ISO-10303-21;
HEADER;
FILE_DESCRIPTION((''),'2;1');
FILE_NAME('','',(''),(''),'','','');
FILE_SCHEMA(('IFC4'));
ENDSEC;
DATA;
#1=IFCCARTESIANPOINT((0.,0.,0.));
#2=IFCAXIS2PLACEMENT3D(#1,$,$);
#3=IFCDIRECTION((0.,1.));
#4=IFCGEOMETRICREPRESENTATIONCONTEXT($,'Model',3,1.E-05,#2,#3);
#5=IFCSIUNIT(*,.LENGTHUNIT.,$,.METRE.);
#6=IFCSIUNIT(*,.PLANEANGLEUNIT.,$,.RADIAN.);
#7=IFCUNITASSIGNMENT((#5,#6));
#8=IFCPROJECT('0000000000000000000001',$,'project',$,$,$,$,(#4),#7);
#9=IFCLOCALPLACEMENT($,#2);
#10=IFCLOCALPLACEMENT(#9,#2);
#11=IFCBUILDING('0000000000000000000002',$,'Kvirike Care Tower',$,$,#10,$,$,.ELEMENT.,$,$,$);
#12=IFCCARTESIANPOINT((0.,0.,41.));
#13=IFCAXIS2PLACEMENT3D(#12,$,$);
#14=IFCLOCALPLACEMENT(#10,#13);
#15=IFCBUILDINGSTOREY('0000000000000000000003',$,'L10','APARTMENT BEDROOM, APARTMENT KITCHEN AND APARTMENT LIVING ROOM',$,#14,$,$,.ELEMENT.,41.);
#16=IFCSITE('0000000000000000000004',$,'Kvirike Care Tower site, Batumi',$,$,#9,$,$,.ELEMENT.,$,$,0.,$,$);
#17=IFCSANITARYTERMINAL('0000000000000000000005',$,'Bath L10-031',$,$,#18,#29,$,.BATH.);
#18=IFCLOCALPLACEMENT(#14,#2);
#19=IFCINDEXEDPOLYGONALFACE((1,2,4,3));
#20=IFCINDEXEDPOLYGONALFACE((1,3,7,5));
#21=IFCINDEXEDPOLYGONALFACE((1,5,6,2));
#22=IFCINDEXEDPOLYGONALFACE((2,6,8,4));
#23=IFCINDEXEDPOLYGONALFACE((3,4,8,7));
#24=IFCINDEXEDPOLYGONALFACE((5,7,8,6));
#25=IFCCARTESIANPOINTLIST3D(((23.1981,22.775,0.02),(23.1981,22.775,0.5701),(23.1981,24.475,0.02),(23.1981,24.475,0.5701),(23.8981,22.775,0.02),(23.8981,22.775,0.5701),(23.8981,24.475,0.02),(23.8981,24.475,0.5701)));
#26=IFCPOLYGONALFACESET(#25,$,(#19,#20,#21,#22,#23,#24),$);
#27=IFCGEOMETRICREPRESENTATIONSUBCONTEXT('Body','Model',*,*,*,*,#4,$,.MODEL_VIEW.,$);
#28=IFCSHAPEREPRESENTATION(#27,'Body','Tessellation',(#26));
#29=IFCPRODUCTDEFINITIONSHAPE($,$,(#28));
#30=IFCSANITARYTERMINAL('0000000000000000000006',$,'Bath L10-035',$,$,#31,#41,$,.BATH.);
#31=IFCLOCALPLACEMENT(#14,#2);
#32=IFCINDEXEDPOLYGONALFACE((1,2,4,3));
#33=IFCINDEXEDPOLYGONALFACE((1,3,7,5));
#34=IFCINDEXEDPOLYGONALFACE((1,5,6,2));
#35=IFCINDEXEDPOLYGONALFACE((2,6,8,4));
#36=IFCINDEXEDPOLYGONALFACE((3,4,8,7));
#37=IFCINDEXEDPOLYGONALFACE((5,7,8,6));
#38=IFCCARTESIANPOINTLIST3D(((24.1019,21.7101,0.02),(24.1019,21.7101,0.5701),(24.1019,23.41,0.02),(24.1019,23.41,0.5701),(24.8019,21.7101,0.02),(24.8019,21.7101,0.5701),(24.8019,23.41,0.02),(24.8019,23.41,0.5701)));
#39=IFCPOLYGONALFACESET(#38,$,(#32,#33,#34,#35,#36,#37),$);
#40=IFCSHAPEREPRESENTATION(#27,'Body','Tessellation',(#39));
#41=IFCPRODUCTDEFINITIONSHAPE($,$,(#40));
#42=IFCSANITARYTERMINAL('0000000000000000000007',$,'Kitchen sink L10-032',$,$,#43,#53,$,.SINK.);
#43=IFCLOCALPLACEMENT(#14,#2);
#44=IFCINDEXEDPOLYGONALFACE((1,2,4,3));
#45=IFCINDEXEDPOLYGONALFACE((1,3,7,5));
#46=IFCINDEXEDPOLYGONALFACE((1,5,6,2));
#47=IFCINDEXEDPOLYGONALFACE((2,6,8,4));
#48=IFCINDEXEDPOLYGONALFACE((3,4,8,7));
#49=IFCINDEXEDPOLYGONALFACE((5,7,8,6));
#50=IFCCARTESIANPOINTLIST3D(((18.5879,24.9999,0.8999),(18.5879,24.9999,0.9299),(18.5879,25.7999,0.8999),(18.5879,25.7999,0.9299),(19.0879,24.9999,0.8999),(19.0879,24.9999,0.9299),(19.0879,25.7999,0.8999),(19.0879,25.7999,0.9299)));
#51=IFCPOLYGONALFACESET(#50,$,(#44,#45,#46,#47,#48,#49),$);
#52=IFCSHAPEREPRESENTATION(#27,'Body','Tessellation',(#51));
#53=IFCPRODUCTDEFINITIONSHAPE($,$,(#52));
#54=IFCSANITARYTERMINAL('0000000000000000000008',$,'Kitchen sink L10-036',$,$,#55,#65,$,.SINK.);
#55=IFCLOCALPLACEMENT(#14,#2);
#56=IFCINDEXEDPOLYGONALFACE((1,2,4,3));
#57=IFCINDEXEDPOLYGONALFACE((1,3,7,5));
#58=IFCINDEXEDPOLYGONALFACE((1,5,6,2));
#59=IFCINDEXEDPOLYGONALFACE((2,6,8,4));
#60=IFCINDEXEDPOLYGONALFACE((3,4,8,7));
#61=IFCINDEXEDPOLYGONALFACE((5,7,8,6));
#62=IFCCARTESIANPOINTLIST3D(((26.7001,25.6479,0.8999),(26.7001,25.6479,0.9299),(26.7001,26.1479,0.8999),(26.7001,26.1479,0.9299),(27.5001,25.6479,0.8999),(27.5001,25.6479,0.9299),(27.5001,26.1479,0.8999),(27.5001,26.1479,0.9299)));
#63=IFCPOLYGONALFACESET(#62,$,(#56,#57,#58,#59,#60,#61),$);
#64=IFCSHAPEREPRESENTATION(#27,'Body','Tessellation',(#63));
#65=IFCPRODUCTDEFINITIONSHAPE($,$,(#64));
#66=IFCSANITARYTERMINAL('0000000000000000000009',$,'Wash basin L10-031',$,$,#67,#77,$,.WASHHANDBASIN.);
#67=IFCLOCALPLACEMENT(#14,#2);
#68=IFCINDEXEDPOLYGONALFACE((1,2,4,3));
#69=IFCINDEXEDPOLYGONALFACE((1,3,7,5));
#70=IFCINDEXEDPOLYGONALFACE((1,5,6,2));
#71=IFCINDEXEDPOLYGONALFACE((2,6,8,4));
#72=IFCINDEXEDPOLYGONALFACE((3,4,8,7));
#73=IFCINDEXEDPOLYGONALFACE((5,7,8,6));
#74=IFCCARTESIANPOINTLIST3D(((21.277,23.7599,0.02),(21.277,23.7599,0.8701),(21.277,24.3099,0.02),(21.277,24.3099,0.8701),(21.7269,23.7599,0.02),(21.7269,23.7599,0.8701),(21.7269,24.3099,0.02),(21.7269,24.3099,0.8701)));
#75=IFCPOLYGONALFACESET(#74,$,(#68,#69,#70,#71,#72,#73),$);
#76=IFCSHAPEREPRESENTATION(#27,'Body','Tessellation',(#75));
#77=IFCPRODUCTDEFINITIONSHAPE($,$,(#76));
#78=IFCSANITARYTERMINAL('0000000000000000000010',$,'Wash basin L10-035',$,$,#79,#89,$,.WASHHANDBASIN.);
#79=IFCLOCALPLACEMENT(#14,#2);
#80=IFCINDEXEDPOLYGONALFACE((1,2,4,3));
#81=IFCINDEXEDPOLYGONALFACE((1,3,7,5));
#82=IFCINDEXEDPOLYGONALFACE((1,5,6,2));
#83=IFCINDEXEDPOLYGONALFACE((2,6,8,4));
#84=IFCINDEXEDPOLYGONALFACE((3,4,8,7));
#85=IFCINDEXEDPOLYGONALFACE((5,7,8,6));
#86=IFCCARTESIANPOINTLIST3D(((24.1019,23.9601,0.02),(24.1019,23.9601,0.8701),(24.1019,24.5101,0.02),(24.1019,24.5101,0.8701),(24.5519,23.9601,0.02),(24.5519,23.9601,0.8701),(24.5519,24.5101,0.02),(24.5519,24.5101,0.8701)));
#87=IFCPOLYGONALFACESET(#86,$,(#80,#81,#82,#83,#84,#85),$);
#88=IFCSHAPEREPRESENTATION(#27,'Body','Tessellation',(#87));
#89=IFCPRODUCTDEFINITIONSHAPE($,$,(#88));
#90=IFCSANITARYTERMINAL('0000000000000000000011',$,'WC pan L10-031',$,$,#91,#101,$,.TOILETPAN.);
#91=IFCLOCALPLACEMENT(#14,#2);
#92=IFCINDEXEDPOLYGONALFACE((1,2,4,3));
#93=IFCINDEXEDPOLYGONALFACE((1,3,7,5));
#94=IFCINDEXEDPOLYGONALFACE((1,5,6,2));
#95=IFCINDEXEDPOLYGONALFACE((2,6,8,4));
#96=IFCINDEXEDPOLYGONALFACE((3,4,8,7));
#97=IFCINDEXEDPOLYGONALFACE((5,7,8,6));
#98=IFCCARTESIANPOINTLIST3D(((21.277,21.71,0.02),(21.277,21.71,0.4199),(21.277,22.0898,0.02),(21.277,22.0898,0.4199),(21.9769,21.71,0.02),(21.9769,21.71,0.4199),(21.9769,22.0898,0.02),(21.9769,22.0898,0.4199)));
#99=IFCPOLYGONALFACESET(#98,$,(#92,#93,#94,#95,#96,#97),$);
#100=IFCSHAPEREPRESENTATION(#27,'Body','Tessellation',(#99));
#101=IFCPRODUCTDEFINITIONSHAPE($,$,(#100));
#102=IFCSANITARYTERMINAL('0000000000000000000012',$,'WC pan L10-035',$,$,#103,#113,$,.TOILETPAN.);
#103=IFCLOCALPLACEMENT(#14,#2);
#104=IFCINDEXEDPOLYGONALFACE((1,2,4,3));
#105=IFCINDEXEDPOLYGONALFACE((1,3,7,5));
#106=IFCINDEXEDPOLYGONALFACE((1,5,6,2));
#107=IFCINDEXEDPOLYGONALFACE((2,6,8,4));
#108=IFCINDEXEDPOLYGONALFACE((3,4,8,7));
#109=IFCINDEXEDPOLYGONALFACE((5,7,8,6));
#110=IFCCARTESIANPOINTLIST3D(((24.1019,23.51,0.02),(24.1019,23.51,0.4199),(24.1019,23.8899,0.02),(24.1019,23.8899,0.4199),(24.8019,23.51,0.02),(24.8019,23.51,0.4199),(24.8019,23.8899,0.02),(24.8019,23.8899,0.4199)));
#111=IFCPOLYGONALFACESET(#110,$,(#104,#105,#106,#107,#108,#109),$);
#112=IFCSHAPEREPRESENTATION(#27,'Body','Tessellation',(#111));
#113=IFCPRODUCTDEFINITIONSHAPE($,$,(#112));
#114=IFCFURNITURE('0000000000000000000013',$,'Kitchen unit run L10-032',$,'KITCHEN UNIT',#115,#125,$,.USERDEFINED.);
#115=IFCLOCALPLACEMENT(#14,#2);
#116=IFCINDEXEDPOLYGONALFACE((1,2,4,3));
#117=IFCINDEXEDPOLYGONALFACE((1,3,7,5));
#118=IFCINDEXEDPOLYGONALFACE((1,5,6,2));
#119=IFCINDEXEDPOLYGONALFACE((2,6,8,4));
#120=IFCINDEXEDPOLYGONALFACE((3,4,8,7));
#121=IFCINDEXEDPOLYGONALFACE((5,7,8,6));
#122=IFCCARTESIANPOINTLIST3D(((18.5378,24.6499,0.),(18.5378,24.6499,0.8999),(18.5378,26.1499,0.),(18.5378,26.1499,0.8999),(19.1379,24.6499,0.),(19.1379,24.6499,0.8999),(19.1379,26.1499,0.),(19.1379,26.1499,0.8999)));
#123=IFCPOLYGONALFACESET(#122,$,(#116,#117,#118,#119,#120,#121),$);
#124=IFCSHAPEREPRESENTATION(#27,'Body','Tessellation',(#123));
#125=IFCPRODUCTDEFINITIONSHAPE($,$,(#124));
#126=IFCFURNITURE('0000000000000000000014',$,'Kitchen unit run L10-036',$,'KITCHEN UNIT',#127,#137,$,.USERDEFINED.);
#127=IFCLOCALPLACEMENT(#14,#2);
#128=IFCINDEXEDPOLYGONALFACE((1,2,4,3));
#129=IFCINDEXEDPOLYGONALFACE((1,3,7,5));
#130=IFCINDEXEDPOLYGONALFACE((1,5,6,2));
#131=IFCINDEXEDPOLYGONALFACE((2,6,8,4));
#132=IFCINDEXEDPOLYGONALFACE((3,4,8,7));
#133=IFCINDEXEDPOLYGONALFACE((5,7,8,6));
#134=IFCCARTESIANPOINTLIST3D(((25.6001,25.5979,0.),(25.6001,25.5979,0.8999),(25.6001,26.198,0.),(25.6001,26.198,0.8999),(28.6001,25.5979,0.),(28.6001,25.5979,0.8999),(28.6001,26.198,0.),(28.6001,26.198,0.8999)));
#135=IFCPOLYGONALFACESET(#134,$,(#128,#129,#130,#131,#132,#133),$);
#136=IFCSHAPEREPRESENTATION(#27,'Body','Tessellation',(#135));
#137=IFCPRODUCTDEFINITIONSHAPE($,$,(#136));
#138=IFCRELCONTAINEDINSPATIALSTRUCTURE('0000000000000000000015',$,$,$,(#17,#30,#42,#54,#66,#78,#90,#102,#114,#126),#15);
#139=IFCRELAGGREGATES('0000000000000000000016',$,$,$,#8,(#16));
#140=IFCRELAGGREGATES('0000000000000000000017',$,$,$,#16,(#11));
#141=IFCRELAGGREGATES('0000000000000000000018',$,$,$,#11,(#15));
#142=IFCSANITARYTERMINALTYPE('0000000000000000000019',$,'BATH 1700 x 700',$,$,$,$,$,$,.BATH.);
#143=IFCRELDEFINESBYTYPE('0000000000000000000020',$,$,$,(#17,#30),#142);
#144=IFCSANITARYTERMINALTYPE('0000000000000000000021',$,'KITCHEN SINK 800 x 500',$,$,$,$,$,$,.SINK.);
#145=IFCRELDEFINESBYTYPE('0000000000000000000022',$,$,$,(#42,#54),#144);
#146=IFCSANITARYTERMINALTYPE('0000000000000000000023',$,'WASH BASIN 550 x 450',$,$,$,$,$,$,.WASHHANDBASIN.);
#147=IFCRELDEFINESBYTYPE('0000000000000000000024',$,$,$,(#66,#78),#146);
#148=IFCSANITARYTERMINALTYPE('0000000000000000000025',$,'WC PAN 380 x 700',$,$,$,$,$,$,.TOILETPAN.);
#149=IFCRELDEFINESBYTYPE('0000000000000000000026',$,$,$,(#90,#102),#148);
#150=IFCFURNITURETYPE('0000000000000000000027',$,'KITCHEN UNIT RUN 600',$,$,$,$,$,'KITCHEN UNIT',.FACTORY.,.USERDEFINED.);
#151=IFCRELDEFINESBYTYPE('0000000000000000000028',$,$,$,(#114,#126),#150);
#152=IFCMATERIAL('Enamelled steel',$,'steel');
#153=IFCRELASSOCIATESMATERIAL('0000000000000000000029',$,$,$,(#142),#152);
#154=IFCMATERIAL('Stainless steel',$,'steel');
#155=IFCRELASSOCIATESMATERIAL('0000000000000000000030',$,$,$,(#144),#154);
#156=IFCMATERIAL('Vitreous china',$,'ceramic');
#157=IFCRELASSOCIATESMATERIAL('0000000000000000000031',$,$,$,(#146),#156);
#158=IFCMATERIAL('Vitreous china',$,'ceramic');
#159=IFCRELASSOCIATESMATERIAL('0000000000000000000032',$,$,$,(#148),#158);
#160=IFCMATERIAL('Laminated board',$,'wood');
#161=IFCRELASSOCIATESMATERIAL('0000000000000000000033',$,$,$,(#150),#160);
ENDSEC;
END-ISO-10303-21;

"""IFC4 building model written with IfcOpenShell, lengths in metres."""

from ifc_helpers import new_model, si_unit, direction, frame, origin, origin_2d, place, context, subcontext, project, spatial, rectangle, extrude, material, type_object, element, save


model = new_model("IFC4")

# Units and contexts
model_context = context("Model", 3, precision=1e-05, world=origin(), true_north=direction((0.0, 1.0)))
body_context = subcontext(model_context, "Body", "Model", "MODEL_VIEW")
ifc_project = project(units=[si_unit("LENGTHUNIT", "METRE"), si_unit("PLANEANGLEUNIT", "RADIAN")], contexts=[model_context])

# Site, building, storey
site_placement = place(None, origin())
site = spatial("IfcSite", under=ifc_project, at=site_placement, Name="Kvirike Care Tower site, Batumi", CompositionType="ELEMENT", RefElevation=0.0)
building_placement = place(site_placement, origin())
building = spatial("IfcBuilding", under=site, at=building_placement, Name="Kvirike Care Tower", CompositionType="ELEMENT")
storey_placement = place(building_placement, frame((0.0, 0.0, 41.0)))
storey = spatial("IfcBuildingStorey", under=building, at=storey_placement, Name="L10", Description="APARTMENT BEDROOM, APARTMENT KITCHEN AND APARTMENT LIVING ROOM", CompositionType="ELEMENT", Elevation=41.0)

# Sanitary terminals
ifc_material_1 = material(Name="Enamelled steel", Category="steel")
sanitary_terminal_type_1 = type_object("IfcSanitaryTerminalType", Name="BATH 1700 x 700", PredefinedType="BATH", material=ifc_material_1)
for number, where, z_axis, x_axis, name in (
    (1, (23.5481, 23.625, 0.02), (0.0, 0.0, 1.0), (0.0, -1.0, 0.0), "Bath L10-031"),
    (2, (24.4519, 22.5601, 0.02), (0.0, 0.0, 1.0), (0.0, 1.0, 0.0), "Bath L10-035"),
):
    element("IfcSanitaryTerminal", number, at=place(storey_placement, frame(where, z_axis=z_axis, x_axis=x_axis)), inside=storey, type_object=sanitary_terminal_type_1, Name=name, PredefinedType="BATH", context=body_context, shape_type="SweptSolid", body=[
        extrude(rectangle(XDim=1.7, YDim=0.7, at=origin_2d()), origin(), (0.0, 0.0, 1.0), 0.55),
    ])
ifc_material_2 = material(Name="Stainless steel", Category="steel")
sanitary_terminal_type_2 = type_object("IfcSanitaryTerminalType", Name="KITCHEN SINK 800 x 500", PredefinedType="SINK", material=ifc_material_2)
for number, where, z_axis, x_axis, name in (
    (3, (18.8379, 25.3999, 0.8999), (0.0, 0.0, 1.0), (0.0, -1.0, 0.0), "Kitchen sink L10-032"),
    (4, (27.1001, 25.8979, 0.8999), (0.0, 0.0, 1.0), (1.0, 0.0, 0.0), "Kitchen sink L10-036"),
):
    element("IfcSanitaryTerminal", number, at=place(storey_placement, frame(where, z_axis=z_axis, x_axis=x_axis)), inside=storey, type_object=sanitary_terminal_type_2, Name=name, PredefinedType="SINK", context=body_context, shape_type="SweptSolid", body=[
        extrude(rectangle(XDim=0.8, YDim=0.5, at=origin_2d()), origin(), (0.0, 0.0, 1.0), 0.03),
    ])
ifc_material_3 = material(Name="Vitreous china", Category="ceramic")
sanitary_terminal_type_3 = type_object("IfcSanitaryTerminalType", Name="WASH BASIN 550 x 450", PredefinedType="WASHHANDBASIN", material=ifc_material_3)
for number, where, z_axis, x_axis, name in (
    (5, (21.502, 24.0349, 0.02), (0.0, 0.0, 1.0), (0.0, 1.0, 0.0), "Wash basin L10-031"),
    (6, (24.3269, 24.2351, 0.02), (0.0, 0.0, 1.0), (0.0, 1.0, 0.0), "Wash basin L10-035"),
):
    element("IfcSanitaryTerminal", number, at=place(storey_placement, frame(where, z_axis=z_axis, x_axis=x_axis)), inside=storey, type_object=sanitary_terminal_type_3, Name=name, PredefinedType="WASHHANDBASIN", context=body_context, shape_type="SweptSolid", body=[
        extrude(rectangle(XDim=0.55, YDim=0.45, at=origin_2d()), origin(), (0.0, 0.0, 1.0), 0.8501),
    ])
ifc_material_4 = material(Name="Vitreous china", Category="ceramic")
sanitary_terminal_type_4 = type_object("IfcSanitaryTerminalType", Name="WC PAN 380 x 700", PredefinedType="TOILETPAN", material=ifc_material_4)
for number, where, z_axis, x_axis, name in (
    (7, (21.627, 21.8999, 0.02), (0.0, 0.0, 1.0), (0.0, 1.0, 0.0), "WC pan L10-031"),
    (8, (24.4519, 23.7, 0.02), (0.0, 0.0, 1.0), (0.0, 1.0, 0.0), "WC pan L10-035"),
):
    element("IfcSanitaryTerminal", number, at=place(storey_placement, frame(where, z_axis=z_axis, x_axis=x_axis)), inside=storey, type_object=sanitary_terminal_type_4, Name=name, PredefinedType="TOILETPAN", context=body_context, shape_type="SweptSolid", body=[
        extrude(rectangle(XDim=0.3799, YDim=0.7, at=origin_2d()), origin(), (0.0, 0.0, 1.0), 0.3999),
    ])

# Furniture
ifc_material_5 = material(Name="Laminated board", Category="wood")
furniture_type = type_object("IfcFurnitureType", Name="KITCHEN UNIT RUN 600", ElementType="KITCHEN UNIT", AssemblyPlace="FACTORY", PredefinedType="USERDEFINED", material=ifc_material_5)
furniture_1_placement = place(storey_placement, frame((18.8379, 25.3999, 0.0), z_axis=(0.0, 0.0, 1.0), x_axis=(0.0, -1.0, 0.0)))
element("IfcFurniture", 9, at=furniture_1_placement, inside=storey, type_object=furniture_type, Name="Kitchen unit run L10-032", ObjectType="KITCHEN UNIT", PredefinedType="USERDEFINED", context=body_context, shape_type="SweptSolid", body=[
    extrude(rectangle(XDim=1.5, YDim=0.6001, at=origin_2d()), origin(), (0.0, 0.0, 1.0), 0.8999),
])
furniture_2_placement = place(storey_placement, frame((27.1001, 25.8979, 0.0), z_axis=(0.0, 0.0, 1.0), x_axis=(1.0, 0.0, 0.0)))
element("IfcFurniture", 10, at=furniture_2_placement, inside=storey, type_object=furniture_type, Name="Kitchen unit run L10-036", ObjectType="KITCHEN UNIT", PredefinedType="USERDEFINED", context=body_context, shape_type="SweptSolid", body=[
    extrude(rectangle(XDim=3.0, YDim=0.6001, at=origin_2d()), origin(), (0.0, 0.0, 1.0), 0.8999),
])

save(model, "model.ifc")
